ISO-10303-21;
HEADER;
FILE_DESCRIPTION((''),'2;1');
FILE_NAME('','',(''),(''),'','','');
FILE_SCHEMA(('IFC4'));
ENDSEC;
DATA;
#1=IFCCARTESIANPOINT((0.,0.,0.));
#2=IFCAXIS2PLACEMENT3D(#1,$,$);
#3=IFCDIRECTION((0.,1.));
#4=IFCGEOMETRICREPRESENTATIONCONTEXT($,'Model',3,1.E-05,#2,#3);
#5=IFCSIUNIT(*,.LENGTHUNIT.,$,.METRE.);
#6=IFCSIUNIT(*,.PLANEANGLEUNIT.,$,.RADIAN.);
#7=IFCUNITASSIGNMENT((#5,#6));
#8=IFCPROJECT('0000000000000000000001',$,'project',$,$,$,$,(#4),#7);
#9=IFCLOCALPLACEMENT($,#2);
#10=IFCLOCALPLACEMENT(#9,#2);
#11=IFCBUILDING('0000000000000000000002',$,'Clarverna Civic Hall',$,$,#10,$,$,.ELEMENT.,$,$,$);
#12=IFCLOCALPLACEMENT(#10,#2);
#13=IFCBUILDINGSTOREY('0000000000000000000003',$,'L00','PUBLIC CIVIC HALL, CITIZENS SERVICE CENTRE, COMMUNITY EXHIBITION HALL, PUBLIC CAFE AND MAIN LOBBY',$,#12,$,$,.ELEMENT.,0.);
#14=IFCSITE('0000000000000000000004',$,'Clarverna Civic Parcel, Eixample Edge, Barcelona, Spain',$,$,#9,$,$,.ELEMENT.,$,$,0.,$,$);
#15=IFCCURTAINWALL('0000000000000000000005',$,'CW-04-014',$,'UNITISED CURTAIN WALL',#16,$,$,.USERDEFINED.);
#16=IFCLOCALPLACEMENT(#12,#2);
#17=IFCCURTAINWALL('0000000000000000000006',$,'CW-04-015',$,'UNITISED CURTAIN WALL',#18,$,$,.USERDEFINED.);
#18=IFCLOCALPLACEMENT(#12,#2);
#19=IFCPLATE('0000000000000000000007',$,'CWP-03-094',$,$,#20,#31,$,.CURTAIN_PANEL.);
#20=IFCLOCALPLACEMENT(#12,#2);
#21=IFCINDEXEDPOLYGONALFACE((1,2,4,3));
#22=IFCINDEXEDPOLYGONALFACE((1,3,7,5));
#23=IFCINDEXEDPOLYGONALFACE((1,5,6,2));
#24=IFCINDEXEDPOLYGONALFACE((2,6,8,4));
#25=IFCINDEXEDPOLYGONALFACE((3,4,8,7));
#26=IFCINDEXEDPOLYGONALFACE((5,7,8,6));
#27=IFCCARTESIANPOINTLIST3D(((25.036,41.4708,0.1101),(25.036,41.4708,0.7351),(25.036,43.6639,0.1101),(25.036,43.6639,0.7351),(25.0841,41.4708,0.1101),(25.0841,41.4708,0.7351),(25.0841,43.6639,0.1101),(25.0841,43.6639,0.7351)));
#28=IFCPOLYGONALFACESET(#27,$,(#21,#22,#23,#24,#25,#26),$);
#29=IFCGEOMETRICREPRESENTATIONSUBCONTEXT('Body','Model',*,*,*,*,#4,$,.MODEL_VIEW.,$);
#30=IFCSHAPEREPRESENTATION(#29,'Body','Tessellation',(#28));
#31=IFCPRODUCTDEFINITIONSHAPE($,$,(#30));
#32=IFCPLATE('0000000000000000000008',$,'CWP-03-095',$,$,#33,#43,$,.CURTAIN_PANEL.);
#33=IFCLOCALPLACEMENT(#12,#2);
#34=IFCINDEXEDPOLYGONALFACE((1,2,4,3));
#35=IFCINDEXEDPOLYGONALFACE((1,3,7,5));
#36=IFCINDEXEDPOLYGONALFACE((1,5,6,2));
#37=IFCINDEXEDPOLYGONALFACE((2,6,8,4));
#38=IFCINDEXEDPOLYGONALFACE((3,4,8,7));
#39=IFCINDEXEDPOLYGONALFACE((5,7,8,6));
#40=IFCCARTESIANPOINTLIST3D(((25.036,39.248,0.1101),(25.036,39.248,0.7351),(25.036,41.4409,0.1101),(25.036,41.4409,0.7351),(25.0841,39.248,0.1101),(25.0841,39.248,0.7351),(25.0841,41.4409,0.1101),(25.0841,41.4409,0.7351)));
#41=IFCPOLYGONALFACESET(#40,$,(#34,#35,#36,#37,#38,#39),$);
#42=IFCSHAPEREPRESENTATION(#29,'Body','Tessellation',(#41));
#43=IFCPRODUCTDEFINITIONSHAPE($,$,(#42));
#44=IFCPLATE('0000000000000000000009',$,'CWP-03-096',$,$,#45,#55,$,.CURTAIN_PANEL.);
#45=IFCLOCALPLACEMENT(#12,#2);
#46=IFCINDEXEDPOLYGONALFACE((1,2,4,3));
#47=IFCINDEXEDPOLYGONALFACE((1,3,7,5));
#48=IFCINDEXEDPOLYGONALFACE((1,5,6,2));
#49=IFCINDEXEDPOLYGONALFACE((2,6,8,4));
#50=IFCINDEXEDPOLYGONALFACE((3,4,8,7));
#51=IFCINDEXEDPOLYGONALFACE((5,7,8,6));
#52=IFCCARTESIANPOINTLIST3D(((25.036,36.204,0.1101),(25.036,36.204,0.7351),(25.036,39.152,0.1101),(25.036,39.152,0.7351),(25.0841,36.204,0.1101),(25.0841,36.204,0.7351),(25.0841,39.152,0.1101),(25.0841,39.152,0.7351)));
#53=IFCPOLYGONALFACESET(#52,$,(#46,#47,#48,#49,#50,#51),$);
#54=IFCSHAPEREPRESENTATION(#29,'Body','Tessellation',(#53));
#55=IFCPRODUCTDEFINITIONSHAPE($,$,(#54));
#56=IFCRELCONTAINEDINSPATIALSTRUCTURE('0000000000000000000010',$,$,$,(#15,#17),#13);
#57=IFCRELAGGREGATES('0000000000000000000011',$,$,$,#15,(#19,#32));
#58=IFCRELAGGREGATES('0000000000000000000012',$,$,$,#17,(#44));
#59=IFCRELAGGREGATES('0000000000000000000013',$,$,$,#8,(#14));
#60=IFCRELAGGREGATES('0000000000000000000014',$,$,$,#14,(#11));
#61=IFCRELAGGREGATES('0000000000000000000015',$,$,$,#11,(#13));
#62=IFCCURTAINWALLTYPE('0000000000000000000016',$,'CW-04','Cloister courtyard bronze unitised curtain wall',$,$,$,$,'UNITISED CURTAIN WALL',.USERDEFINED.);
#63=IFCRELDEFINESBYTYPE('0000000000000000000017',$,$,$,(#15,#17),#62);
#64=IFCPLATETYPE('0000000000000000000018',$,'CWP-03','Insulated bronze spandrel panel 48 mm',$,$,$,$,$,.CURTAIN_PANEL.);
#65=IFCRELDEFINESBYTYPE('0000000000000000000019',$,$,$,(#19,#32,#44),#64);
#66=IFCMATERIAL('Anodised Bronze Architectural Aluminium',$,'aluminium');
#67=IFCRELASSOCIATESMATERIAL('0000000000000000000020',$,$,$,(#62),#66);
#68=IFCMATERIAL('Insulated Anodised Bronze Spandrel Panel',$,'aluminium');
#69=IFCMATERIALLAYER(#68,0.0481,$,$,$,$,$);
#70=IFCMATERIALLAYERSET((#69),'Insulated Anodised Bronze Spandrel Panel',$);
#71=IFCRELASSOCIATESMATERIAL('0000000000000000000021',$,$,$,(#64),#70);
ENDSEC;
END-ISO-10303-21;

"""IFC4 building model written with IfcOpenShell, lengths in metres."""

from ifc_helpers import new_model, si_unit, direction, frame, frame_2d, origin, place, context, subcontext, project, spatial, rectangle, extrude, material, layer, layer_set, type_object, element, aggregate, save


model = new_model("IFC4")

# Units and contexts
model_context = context("Model", 3, precision=1e-05, world=origin(), true_north=direction((0.0, 1.0)))
body_context = subcontext(model_context, "Body", "Model", "MODEL_VIEW")
ifc_project = project(units=[si_unit("LENGTHUNIT", "METRE"), si_unit("PLANEANGLEUNIT", "RADIAN")], contexts=[model_context])

# Site, building, storey
site_placement = place(None, origin())
site = spatial("IfcSite", under=ifc_project, at=site_placement, Name="Clarverna Civic Parcel, Eixample Edge, Barcelona, Spain", CompositionType="ELEMENT", RefElevation=0.0)
building_placement = place(site_placement, origin())
building = spatial("IfcBuilding", under=site, at=building_placement, Name="Clarverna Civic Hall", CompositionType="ELEMENT")
storey_placement = place(building_placement, origin())
storey = spatial("IfcBuildingStorey", under=building, at=storey_placement, Name="L00", Description="PUBLIC CIVIC HALL, CITIZENS SERVICE CENTRE, COMMUNITY EXHIBITION HALL, PUBLIC CAFE AND MAIN LOBBY", CompositionType="ELEMENT", Elevation=0.0)

# Curtain walls
ifc_material_1 = material(Name="Anodised Bronze Architectural Aluminium", Category="aluminium")
curtain_wall_type = type_object("IfcCurtainWallType", Name="CW-04", Description="Cloister courtyard bronze unitised curtain wall", ElementType="UNITISED CURTAIN WALL", PredefinedType="USERDEFINED", material=ifc_material_1)
curtain_wall_1_placement = place(storey_placement, origin())
curtain_wall_1 = element("IfcCurtainWall", 1, at=curtain_wall_1_placement, inside=storey, type_object=curtain_wall_type, Name="CW-04-014", ObjectType="UNITISED CURTAIN WALL", PredefinedType="USERDEFINED")
curtain_wall_2_placement = place(storey_placement, origin())
curtain_wall_2 = element("IfcCurtainWall", 2, at=curtain_wall_2_placement, inside=storey, type_object=curtain_wall_type, Name="CW-04-015", ObjectType="UNITISED CURTAIN WALL", PredefinedType="USERDEFINED")

# Plates
ifc_material_2 = material(Name="Insulated Anodised Bronze Spandrel Panel", Category="aluminium")
ifc_layer_1 = layer(ifc_material_2, 0.0481)
ifc_layer_set_1 = layer_set([ifc_layer_1], Name="Insulated Anodised Bronze Spandrel Panel")
plate_type_1 = type_object("IfcPlateType", Name="CWP-03", Description="Insulated bronze spandrel panel 48 mm", PredefinedType="CURTAIN_PANEL", material=ifc_layer_set_1)
plate_1_placement = place(storey_placement, frame((25.0601, 43.6641, 0.1101), z_axis=(0.0, 0.0, 1.0), x_axis=(0.0, -1.0, 0.0)))
plate_1 = element("IfcPlate", 3, at=plate_1_placement, type_object=plate_type_1, Name="CWP-03-094", PredefinedType="CURTAIN_PANEL", context=body_context, shape_type="SweptSolid", body=[
    extrude(rectangle(XDim=2.1931, YDim=0.0481, at=frame_2d((1.0967, 0.0))), origin(), (0.0, 0.0, 1.0), 0.625),
])
plate_2_placement = place(storey_placement, frame((25.0601, 41.4409, 0.1101), z_axis=(0.0, 0.0, 1.0), x_axis=(0.0, -1.0, 0.0)))
plate_2 = element("IfcPlate", 4, at=plate_2_placement, type_object=plate_type_1, Name="CWP-03-095", PredefinedType="CURTAIN_PANEL", context=body_context, shape_type="SweptSolid", body=[
    extrude(rectangle(XDim=2.1929, YDim=0.0481, at=frame_2d((1.0964, 0.0))), origin(), (0.0, 0.0, 1.0), 0.625),
])
aggregate(curtain_wall_1, [plate_1, plate_2])
plate_3_placement = place(storey_placement, frame((25.0601, 39.1521, 0.1101), z_axis=(0.0, 0.0, 1.0), x_axis=(0.0, -1.0, 0.0)))
plate_3 = element("IfcPlate", 5, at=plate_3_placement, type_object=plate_type_1, Name="CWP-03-096", PredefinedType="CURTAIN_PANEL", context=body_context, shape_type="SweptSolid", body=[
    extrude(rectangle(XDim=2.948, YDim=0.0481, at=frame_2d((1.4741, 0.0))), origin(), (0.0, 0.0, 1.0), 0.625),
])
aggregate(curtain_wall_2, [plate_3])

save(model, "model.ifc")
